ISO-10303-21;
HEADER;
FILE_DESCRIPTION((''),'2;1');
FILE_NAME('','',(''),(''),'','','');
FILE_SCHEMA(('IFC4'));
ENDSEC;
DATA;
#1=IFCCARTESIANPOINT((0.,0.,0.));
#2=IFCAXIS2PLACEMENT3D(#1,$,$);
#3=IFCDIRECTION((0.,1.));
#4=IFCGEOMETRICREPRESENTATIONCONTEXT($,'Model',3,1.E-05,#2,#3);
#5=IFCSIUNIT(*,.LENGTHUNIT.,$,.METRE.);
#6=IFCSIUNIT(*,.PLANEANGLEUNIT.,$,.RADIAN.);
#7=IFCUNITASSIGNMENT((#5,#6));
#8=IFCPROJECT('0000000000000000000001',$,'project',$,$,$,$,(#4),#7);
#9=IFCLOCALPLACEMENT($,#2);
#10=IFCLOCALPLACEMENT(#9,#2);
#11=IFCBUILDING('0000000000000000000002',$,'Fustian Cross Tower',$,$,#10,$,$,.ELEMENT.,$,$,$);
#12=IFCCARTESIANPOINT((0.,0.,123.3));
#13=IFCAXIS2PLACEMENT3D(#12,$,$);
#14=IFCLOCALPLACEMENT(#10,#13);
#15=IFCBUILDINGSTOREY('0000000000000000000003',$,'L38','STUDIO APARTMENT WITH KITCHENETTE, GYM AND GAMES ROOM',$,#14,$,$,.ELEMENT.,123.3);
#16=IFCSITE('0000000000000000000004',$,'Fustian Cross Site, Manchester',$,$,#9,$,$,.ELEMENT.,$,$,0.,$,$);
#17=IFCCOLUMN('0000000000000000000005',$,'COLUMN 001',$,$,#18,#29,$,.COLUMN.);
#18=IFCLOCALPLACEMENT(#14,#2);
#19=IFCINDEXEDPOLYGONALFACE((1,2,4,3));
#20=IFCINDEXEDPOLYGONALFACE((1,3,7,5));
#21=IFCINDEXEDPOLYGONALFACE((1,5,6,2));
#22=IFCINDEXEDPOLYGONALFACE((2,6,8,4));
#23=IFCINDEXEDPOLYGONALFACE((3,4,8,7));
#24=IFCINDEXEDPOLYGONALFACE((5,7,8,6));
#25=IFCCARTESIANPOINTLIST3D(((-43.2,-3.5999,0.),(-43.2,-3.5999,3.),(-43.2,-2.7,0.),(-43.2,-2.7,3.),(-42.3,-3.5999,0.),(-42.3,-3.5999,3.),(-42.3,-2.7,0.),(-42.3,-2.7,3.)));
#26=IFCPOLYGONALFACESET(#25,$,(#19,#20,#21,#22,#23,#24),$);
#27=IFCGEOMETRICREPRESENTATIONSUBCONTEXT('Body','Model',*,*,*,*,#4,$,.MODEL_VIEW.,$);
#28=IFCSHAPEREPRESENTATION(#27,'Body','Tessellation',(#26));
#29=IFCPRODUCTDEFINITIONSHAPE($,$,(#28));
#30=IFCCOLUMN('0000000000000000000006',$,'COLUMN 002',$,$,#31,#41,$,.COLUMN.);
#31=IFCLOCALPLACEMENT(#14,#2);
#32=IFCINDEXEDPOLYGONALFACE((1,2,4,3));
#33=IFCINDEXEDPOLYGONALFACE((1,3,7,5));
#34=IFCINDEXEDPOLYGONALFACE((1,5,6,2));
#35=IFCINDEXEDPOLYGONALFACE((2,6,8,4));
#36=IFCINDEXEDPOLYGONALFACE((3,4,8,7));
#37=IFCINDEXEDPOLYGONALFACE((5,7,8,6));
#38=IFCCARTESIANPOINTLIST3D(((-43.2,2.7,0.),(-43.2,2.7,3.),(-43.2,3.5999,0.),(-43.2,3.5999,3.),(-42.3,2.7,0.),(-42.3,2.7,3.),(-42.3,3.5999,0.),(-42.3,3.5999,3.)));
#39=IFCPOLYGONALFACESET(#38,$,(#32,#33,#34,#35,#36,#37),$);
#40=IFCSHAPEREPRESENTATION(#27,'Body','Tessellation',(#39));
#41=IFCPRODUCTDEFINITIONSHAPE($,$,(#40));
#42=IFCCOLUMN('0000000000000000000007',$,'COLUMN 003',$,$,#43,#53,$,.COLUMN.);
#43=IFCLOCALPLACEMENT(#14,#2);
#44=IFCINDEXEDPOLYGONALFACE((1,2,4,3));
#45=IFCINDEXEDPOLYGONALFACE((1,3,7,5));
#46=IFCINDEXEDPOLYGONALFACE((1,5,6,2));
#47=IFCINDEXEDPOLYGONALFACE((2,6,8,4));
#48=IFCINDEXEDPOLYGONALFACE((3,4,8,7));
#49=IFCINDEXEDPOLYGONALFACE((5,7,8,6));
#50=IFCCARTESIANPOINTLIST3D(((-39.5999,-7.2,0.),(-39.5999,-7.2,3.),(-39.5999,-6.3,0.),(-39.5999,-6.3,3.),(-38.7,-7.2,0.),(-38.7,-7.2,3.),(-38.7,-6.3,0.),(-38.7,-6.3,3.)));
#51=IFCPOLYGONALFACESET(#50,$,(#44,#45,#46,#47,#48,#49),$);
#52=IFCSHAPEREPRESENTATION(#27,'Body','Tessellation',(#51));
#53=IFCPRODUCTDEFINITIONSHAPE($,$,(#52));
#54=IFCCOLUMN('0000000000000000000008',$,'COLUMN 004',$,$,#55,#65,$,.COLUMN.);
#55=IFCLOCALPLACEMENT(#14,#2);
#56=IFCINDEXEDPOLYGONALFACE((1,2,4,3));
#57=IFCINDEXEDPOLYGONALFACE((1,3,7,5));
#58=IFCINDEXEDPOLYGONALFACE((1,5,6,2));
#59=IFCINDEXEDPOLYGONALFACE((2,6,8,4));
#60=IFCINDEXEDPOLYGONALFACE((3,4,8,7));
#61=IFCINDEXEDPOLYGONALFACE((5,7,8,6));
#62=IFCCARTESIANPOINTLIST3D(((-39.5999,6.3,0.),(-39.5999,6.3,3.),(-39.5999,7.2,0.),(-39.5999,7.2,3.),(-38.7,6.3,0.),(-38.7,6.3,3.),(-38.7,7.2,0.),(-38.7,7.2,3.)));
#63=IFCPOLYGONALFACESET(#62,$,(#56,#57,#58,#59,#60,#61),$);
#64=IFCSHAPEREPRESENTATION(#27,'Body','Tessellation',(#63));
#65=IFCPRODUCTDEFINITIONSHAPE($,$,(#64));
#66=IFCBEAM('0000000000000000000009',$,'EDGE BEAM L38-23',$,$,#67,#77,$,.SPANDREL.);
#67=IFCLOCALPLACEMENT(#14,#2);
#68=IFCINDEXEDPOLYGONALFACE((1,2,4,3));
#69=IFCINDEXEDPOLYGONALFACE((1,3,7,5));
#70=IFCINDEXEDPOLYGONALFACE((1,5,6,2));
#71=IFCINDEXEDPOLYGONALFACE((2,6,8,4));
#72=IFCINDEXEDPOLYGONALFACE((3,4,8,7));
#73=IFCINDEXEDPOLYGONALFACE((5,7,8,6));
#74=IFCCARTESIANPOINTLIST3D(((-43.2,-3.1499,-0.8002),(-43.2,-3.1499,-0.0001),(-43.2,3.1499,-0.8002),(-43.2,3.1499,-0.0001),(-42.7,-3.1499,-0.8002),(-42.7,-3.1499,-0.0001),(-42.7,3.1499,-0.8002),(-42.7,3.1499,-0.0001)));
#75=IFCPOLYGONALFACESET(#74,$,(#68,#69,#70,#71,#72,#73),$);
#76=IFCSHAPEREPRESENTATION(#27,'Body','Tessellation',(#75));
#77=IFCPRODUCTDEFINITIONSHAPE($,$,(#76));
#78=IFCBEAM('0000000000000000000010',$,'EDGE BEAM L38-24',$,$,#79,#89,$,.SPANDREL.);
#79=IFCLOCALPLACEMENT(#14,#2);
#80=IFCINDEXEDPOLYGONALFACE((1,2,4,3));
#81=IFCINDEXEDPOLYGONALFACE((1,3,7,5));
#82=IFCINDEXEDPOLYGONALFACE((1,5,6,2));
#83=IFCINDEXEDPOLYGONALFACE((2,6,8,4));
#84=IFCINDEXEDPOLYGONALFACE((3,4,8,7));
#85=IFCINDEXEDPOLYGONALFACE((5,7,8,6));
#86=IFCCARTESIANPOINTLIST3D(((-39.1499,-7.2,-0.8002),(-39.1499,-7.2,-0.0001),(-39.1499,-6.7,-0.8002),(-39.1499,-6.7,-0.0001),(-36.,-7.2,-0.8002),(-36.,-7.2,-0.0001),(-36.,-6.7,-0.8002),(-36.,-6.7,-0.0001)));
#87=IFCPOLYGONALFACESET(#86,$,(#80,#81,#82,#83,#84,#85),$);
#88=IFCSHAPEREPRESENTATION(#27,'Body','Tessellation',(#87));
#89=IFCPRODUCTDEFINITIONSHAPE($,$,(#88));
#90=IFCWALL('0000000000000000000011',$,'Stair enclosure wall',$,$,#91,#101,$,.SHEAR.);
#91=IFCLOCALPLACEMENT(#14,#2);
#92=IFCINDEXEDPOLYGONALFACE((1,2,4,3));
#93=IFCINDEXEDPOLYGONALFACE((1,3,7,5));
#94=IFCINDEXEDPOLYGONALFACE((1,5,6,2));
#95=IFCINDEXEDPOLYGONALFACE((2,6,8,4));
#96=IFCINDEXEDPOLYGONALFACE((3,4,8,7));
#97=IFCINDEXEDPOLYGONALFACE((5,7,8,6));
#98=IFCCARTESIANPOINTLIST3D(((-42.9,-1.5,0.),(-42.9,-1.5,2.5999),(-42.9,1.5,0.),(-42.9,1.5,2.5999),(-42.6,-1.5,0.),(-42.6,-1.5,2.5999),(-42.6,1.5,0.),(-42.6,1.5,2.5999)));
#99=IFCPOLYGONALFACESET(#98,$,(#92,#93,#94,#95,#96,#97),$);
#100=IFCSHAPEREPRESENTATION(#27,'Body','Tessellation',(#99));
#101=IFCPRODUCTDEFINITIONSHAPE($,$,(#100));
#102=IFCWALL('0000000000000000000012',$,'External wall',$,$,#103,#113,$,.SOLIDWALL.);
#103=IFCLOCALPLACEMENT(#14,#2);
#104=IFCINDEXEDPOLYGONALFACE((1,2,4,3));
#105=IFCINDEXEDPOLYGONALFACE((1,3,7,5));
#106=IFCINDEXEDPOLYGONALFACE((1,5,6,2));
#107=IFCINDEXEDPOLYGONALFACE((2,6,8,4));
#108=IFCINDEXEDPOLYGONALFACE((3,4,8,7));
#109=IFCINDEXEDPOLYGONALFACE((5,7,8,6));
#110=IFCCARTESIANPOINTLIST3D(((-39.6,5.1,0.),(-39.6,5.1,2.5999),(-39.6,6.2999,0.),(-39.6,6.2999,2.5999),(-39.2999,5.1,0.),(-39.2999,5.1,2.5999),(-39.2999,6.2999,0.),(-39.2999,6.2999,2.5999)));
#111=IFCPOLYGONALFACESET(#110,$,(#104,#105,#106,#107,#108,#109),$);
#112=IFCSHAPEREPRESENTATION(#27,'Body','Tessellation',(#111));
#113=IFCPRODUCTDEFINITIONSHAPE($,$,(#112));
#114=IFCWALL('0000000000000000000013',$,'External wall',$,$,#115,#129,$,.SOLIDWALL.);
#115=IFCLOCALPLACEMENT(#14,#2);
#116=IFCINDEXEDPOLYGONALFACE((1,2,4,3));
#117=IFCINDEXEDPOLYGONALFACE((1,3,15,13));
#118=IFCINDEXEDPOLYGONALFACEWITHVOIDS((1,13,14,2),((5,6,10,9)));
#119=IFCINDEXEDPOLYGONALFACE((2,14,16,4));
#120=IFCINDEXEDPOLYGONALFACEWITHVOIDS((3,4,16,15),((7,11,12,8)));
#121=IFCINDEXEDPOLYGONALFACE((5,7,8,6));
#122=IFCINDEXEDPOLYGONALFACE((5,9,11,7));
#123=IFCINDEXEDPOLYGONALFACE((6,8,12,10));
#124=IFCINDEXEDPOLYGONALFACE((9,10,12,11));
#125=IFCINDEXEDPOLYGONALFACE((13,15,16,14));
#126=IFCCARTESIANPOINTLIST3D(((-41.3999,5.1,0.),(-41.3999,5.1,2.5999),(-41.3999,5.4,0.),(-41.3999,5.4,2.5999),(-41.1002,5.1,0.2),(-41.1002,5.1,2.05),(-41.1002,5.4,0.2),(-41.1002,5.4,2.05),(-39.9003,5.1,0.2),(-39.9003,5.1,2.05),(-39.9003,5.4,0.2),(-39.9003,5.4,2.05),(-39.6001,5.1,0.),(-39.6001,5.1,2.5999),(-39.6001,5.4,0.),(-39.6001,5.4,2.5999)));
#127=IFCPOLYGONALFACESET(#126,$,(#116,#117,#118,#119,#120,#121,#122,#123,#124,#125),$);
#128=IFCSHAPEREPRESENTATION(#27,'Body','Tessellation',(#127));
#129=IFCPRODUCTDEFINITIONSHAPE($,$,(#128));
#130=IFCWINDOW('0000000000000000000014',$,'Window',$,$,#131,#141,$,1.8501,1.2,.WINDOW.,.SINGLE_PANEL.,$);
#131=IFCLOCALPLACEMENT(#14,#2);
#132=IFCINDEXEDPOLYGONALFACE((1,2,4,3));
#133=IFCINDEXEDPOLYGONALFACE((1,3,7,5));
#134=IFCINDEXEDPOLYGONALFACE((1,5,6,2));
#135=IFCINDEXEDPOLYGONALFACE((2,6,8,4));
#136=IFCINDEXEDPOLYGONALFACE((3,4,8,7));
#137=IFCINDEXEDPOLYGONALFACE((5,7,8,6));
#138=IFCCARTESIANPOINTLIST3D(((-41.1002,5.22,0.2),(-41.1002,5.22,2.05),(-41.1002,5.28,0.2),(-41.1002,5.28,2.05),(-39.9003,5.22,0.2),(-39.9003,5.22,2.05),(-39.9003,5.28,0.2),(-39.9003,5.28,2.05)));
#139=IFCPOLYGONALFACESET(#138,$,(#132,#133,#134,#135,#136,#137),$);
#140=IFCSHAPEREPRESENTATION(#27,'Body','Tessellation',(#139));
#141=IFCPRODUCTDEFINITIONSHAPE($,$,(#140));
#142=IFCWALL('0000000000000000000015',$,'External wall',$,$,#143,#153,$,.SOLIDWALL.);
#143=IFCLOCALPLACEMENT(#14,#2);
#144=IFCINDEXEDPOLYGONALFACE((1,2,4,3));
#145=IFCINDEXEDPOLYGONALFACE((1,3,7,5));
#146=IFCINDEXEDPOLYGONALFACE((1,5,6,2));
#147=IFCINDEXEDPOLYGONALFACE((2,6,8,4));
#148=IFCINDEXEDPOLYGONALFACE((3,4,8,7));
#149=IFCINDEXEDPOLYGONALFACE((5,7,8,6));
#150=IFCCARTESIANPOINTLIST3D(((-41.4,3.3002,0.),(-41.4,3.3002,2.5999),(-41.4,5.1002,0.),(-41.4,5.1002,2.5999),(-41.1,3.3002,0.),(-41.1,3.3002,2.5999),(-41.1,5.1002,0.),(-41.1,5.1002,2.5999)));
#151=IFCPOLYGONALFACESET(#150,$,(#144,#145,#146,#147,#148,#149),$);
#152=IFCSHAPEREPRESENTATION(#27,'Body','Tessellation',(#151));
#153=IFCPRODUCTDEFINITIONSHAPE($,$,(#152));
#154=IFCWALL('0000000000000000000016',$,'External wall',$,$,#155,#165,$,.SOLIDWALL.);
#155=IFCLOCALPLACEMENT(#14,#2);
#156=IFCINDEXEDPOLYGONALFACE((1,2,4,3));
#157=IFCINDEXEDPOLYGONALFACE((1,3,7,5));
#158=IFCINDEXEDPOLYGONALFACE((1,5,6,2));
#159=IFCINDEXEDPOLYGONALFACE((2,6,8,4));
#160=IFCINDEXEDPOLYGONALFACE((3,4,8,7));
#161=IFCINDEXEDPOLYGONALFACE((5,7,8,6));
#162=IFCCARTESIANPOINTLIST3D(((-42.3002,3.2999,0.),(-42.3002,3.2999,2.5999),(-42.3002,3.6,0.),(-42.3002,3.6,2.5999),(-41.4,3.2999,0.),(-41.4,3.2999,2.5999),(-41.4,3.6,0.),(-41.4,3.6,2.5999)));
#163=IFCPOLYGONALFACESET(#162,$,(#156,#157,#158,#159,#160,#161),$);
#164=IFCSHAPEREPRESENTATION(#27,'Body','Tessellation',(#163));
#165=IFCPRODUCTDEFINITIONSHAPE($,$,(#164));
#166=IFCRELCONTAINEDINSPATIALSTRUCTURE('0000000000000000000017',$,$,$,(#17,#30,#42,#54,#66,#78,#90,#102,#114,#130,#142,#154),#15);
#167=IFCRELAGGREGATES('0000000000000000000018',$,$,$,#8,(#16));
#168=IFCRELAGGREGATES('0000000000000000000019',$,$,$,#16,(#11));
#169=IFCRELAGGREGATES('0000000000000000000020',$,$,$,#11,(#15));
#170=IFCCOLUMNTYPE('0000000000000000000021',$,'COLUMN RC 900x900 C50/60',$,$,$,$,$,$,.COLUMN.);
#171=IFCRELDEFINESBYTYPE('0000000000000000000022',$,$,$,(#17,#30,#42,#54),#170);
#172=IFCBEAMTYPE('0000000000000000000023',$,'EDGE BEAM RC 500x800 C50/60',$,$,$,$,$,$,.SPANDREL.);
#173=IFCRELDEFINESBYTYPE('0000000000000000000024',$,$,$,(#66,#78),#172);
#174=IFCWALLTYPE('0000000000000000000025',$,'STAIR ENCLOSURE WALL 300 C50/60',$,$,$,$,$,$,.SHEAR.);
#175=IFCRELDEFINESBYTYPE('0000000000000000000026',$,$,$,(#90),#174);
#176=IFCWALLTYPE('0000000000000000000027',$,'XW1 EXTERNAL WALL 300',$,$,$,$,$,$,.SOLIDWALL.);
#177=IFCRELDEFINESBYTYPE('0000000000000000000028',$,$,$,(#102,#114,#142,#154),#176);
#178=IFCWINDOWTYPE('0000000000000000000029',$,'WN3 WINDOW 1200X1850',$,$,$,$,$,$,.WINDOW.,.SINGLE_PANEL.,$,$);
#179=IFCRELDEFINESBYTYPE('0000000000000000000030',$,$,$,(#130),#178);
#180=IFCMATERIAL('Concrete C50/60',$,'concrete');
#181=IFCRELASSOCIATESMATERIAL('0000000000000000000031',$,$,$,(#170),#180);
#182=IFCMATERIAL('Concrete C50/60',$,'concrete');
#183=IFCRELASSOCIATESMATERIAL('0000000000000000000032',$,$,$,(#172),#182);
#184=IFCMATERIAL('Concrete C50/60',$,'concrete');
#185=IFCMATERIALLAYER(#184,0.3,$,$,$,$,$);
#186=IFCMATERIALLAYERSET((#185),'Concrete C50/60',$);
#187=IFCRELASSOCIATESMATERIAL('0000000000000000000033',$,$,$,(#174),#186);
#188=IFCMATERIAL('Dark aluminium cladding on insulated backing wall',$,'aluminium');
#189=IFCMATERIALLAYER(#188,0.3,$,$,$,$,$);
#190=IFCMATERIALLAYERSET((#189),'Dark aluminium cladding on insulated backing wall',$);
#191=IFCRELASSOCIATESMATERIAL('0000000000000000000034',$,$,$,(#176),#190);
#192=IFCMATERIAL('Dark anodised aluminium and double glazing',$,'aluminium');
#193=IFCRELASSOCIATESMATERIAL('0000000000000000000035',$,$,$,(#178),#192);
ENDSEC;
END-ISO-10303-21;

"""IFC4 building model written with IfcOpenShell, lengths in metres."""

from ifc_helpers import new_model, si_unit, direction, frame, frame_2d, origin, origin_2d, place, context, subcontext, project, spatial, rectangle, extrude, material, layer, layer_set, material_profile, profile_set, type_object, element, fill, save


model = new_model("IFC4")

# Units and contexts
model_context = context("Model", 3, precision=1e-05, world=origin(), true_north=direction((0.0, 1.0)))
body_context = subcontext(model_context, "Body", "Model", "MODEL_VIEW")
ifc_project = project(units=[si_unit("LENGTHUNIT", "METRE"), si_unit("PLANEANGLEUNIT", "RADIAN")], contexts=[model_context])

# Site, building, storey
site_placement = place(None, origin())
site = spatial("IfcSite", under=ifc_project, at=site_placement, Name="Fustian Cross Site, Manchester", CompositionType="ELEMENT", RefElevation=0.0)
building_placement = place(site_placement, origin())
building = spatial("IfcBuilding", under=site, at=building_placement, Name="Fustian Cross Tower", CompositionType="ELEMENT")
storey_placement = place(building_placement, frame((0.0, 0.0, 123.3)))
storey = spatial("IfcBuildingStorey", under=building, at=storey_placement, Name="L38", Description="STUDIO APARTMENT WITH KITCHENETTE, GYM AND GAMES ROOM", CompositionType="ELEMENT", Elevation=123.3)

# Columns
ifc_material_1 = material(Name="Concrete C50/60", Category="concrete")
ifc_material_profile_1 = material_profile(ifc_material_1, rectangle(XDim=0.8999, YDim=0.8999, at=origin_2d()), Name="RC 900x900")
ifc_profile_set_1 = profile_set([ifc_material_profile_1], Name="Concrete C50/60")
column_type = type_object("IfcColumnType", Name="COLUMN RC 900x900 C50/60", PredefinedType="COLUMN", material=ifc_profile_set_1)
for number, where, z_axis, x_axis, name in (
    (1, (-42.75, -3.1499, 0.0), (0.0, 0.0, 1.0), (1.0, 0.0, 0.0), "COLUMN 001"),
    (2, (-42.75, 3.1499, 0.0), (0.0, 0.0, 1.0), (1.0, 0.0, 0.0), "COLUMN 002"),
    (3, (-39.1499, -6.75, 0.0), (0.0, 0.0, 1.0), (1.0, 0.0, 0.0), "COLUMN 003"),
    (4, (-39.1499, 6.75, 0.0), (0.0, 0.0, 1.0), (1.0, 0.0, 0.0), "COLUMN 004"),
):
    element("IfcColumn", number, at=place(storey_placement, frame(where, z_axis=z_axis, x_axis=x_axis)), inside=storey, type_object=column_type, Name=name, PredefinedType="COLUMN", context=body_context, shape_type="SweptSolid", body=[
        extrude(rectangle(XDim=0.8999, YDim=0.8999, at=origin_2d()), origin(), (0.0, 0.0, 1.0), 3.0),
    ])

# Beams
ifc_material_2 = material(Name="Concrete C50/60", Category="concrete")
ifc_material_profile_2 = material_profile(ifc_material_2, rectangle(XDim=0.5, YDim=0.8, at=origin_2d()), Name="RC 500x800")
ifc_profile_set_2 = profile_set([ifc_material_profile_2], Name="Concrete C50/60")
beam_type = type_object("IfcBeamType", Name="EDGE BEAM RC 500x800 C50/60", PredefinedType="SPANDREL", material=ifc_profile_set_2)
beam_1_placement = place(storey_placement, frame((-42.95, 3.1499, -0.4001), z_axis=(0.0, -1.0, 0.0), x_axis=(1.0, 0.0, 0.0)))
element("IfcBeam", 5, at=beam_1_placement, inside=storey, type_object=beam_type, Name="EDGE BEAM L38-23", PredefinedType="SPANDREL", context=body_context, shape_type="SweptSolid", body=[
    extrude(rectangle(XDim=0.5, YDim=0.8, at=origin_2d()), origin(), (0.0, 0.0, 1.0), 6.2998),
])
beam_2_placement = place(storey_placement, frame((-39.1499, -6.95, -0.4001), z_axis=(1.0, 0.0, 0.0), x_axis=(0.0, 1.0, 0.0)))
element("IfcBeam", 6, at=beam_2_placement, inside=storey, type_object=beam_type, Name="EDGE BEAM L38-24", PredefinedType="SPANDREL", context=body_context, shape_type="SweptSolid", body=[
    extrude(rectangle(XDim=0.5, YDim=0.8, at=origin_2d()), origin(), (0.0, 0.0, 1.0), 3.1499),
])

# Walls
ifc_material_3 = material(Name="Concrete C50/60", Category="concrete")
ifc_layer_1 = layer(ifc_material_3, 0.3)
ifc_layer_set_1 = layer_set([ifc_layer_1], Name="Concrete C50/60")
wall_type_1 = type_object("IfcWallType", Name="STAIR ENCLOSURE WALL 300 C50/60", PredefinedType="SHEAR", material=ifc_layer_set_1)
wall_1_placement = place(storey_placement, frame((-42.75, -1.5, 0.0), z_axis=(0.0, 0.0, 1.0), x_axis=(0.0, 1.0, 0.0)))
element("IfcWall", 7, at=wall_1_placement, inside=storey, type_object=wall_type_1, Name="Stair enclosure wall", PredefinedType="SHEAR", context=body_context, shape_type="SweptSolid", body=[
    extrude(rectangle(XDim=3.0, YDim=0.3, at=frame_2d((1.5, 0.0))), origin(), (0.0, 0.0, 1.0), 2.5999),
])
ifc_material_4 = material(Name="Dark aluminium cladding on insulated backing wall", Category="aluminium")
ifc_layer_2 = layer(ifc_material_4, 0.3)
ifc_layer_set_2 = layer_set([ifc_layer_2], Name="Dark aluminium cladding on insulated backing wall")
wall_type_2 = type_object("IfcWallType", Name="XW1 EXTERNAL WALL 300", PredefinedType="SOLIDWALL", material=ifc_layer_set_2)
wall_2_placement = place(storey_placement, frame((-39.45, 6.3, 0.0), z_axis=(0.0, 0.0, 1.0), x_axis=(0.0, -1.0, 0.0)))
element("IfcWall", 8, at=wall_2_placement, inside=storey, type_object=wall_type_2, Name="External wall", PredefinedType="SOLIDWALL", context=body_context, shape_type="SweptSolid", body=[
    extrude(rectangle(XDim=1.2, YDim=0.3, at=frame_2d((0.6001, 0.0))), origin(), (0.0, 0.0, 1.0), 2.5999),
])

# Wall, opening, window
wall_3_placement = place(storey_placement, frame((-39.6001, 5.25, 0.0), z_axis=(0.0, 0.0, 1.0), x_axis=(-1.0, 0.0, 0.0)))
wall_3 = element("IfcWall", 9, at=wall_3_placement, inside=storey, type_object=wall_type_2, Name="External wall", PredefinedType="SOLIDWALL", context=body_context, shape_type="SweptSolid", body=[
    extrude(rectangle(XDim=1.7998, YDim=0.3, at=frame_2d((0.8999, 0.0))), origin(), (0.0, 0.0, 1.0), 2.5999),
])
opening_1_placement = place(wall_3_placement, frame((0.3, 0.0, 0.2)))
opening_1 = element("IfcOpeningElement", 10, at=opening_1_placement, cuts=wall_3, PredefinedType="OPENING", context=body_context, shape_type="SweptSolid", body=[
    extrude(rectangle(XDim=1.2, YDim=1.8501, at=frame_2d((0.6001, 0.925))), frame((0.0, 0.1599, 0.0), z_axis=(0.0, -1.0, 0.0), x_axis=(1.0, 0.0, 0.0)), (0.0, 0.0, 1.0), 0.3201),
])
ifc_material_5 = material(Name="Dark anodised aluminium and double glazing", Category="aluminium")
window_type_1 = type_object("IfcWindowType", Name="WN3 WINDOW 1200X1850", PartitioningType="SINGLE_PANEL", PredefinedType="WINDOW", material=ifc_material_5)
window_1_placement = place(opening_1_placement, origin())
window_1 = element("IfcWindow", 11, at=window_1_placement, inside=storey, type_object=window_type_1, Name="Window", OverallHeight=1.8501, OverallWidth=1.2, PartitioningType="SINGLE_PANEL", PredefinedType="WINDOW", context=body_context, shape_type="SweptSolid", body=[
    extrude(rectangle(XDim=1.2, YDim=1.8501, at=frame_2d((0.6001, 0.925))), frame((0.0, 0.03, 0.0), z_axis=(0.0, -1.0, 0.0), x_axis=(1.0, 0.0, 0.0)), (0.0, 0.0, 1.0), 0.0601),
])
fill(opening_1, window_1)

# Walls
wall_4_placement = place(storey_placement, frame((-41.25, 5.1001, 0.0), z_axis=(0.0, 0.0, 1.0), x_axis=(0.0, -1.0, 0.0)))
element("IfcWall", 12, at=wall_4_placement, inside=storey, type_object=wall_type_2, Name="External wall", PredefinedType="SOLIDWALL", context=body_context, shape_type="SweptSolid", body=[
    extrude(rectangle(XDim=1.8, YDim=0.3, at=frame_2d((0.8999, 0.0))), origin(), (0.0, 0.0, 1.0), 2.5999),
])
wall_5_placement = place(storey_placement, frame((-41.3999, 3.45, 0.0), z_axis=(0.0, 0.0, 1.0), x_axis=(-1.0, 0.0, 0.0)))
element("IfcWall", 13, at=wall_5_placement, inside=storey, type_object=wall_type_2, Name="External wall", PredefinedType="SOLIDWALL", context=body_context, shape_type="SweptSolid", body=[
    extrude(rectangle(XDim=0.9001, YDim=0.3, at=frame_2d((0.4502, 0.0))), origin(), (0.0, 0.0, 1.0), 2.5999),
])

save(model, "model.ifc")
